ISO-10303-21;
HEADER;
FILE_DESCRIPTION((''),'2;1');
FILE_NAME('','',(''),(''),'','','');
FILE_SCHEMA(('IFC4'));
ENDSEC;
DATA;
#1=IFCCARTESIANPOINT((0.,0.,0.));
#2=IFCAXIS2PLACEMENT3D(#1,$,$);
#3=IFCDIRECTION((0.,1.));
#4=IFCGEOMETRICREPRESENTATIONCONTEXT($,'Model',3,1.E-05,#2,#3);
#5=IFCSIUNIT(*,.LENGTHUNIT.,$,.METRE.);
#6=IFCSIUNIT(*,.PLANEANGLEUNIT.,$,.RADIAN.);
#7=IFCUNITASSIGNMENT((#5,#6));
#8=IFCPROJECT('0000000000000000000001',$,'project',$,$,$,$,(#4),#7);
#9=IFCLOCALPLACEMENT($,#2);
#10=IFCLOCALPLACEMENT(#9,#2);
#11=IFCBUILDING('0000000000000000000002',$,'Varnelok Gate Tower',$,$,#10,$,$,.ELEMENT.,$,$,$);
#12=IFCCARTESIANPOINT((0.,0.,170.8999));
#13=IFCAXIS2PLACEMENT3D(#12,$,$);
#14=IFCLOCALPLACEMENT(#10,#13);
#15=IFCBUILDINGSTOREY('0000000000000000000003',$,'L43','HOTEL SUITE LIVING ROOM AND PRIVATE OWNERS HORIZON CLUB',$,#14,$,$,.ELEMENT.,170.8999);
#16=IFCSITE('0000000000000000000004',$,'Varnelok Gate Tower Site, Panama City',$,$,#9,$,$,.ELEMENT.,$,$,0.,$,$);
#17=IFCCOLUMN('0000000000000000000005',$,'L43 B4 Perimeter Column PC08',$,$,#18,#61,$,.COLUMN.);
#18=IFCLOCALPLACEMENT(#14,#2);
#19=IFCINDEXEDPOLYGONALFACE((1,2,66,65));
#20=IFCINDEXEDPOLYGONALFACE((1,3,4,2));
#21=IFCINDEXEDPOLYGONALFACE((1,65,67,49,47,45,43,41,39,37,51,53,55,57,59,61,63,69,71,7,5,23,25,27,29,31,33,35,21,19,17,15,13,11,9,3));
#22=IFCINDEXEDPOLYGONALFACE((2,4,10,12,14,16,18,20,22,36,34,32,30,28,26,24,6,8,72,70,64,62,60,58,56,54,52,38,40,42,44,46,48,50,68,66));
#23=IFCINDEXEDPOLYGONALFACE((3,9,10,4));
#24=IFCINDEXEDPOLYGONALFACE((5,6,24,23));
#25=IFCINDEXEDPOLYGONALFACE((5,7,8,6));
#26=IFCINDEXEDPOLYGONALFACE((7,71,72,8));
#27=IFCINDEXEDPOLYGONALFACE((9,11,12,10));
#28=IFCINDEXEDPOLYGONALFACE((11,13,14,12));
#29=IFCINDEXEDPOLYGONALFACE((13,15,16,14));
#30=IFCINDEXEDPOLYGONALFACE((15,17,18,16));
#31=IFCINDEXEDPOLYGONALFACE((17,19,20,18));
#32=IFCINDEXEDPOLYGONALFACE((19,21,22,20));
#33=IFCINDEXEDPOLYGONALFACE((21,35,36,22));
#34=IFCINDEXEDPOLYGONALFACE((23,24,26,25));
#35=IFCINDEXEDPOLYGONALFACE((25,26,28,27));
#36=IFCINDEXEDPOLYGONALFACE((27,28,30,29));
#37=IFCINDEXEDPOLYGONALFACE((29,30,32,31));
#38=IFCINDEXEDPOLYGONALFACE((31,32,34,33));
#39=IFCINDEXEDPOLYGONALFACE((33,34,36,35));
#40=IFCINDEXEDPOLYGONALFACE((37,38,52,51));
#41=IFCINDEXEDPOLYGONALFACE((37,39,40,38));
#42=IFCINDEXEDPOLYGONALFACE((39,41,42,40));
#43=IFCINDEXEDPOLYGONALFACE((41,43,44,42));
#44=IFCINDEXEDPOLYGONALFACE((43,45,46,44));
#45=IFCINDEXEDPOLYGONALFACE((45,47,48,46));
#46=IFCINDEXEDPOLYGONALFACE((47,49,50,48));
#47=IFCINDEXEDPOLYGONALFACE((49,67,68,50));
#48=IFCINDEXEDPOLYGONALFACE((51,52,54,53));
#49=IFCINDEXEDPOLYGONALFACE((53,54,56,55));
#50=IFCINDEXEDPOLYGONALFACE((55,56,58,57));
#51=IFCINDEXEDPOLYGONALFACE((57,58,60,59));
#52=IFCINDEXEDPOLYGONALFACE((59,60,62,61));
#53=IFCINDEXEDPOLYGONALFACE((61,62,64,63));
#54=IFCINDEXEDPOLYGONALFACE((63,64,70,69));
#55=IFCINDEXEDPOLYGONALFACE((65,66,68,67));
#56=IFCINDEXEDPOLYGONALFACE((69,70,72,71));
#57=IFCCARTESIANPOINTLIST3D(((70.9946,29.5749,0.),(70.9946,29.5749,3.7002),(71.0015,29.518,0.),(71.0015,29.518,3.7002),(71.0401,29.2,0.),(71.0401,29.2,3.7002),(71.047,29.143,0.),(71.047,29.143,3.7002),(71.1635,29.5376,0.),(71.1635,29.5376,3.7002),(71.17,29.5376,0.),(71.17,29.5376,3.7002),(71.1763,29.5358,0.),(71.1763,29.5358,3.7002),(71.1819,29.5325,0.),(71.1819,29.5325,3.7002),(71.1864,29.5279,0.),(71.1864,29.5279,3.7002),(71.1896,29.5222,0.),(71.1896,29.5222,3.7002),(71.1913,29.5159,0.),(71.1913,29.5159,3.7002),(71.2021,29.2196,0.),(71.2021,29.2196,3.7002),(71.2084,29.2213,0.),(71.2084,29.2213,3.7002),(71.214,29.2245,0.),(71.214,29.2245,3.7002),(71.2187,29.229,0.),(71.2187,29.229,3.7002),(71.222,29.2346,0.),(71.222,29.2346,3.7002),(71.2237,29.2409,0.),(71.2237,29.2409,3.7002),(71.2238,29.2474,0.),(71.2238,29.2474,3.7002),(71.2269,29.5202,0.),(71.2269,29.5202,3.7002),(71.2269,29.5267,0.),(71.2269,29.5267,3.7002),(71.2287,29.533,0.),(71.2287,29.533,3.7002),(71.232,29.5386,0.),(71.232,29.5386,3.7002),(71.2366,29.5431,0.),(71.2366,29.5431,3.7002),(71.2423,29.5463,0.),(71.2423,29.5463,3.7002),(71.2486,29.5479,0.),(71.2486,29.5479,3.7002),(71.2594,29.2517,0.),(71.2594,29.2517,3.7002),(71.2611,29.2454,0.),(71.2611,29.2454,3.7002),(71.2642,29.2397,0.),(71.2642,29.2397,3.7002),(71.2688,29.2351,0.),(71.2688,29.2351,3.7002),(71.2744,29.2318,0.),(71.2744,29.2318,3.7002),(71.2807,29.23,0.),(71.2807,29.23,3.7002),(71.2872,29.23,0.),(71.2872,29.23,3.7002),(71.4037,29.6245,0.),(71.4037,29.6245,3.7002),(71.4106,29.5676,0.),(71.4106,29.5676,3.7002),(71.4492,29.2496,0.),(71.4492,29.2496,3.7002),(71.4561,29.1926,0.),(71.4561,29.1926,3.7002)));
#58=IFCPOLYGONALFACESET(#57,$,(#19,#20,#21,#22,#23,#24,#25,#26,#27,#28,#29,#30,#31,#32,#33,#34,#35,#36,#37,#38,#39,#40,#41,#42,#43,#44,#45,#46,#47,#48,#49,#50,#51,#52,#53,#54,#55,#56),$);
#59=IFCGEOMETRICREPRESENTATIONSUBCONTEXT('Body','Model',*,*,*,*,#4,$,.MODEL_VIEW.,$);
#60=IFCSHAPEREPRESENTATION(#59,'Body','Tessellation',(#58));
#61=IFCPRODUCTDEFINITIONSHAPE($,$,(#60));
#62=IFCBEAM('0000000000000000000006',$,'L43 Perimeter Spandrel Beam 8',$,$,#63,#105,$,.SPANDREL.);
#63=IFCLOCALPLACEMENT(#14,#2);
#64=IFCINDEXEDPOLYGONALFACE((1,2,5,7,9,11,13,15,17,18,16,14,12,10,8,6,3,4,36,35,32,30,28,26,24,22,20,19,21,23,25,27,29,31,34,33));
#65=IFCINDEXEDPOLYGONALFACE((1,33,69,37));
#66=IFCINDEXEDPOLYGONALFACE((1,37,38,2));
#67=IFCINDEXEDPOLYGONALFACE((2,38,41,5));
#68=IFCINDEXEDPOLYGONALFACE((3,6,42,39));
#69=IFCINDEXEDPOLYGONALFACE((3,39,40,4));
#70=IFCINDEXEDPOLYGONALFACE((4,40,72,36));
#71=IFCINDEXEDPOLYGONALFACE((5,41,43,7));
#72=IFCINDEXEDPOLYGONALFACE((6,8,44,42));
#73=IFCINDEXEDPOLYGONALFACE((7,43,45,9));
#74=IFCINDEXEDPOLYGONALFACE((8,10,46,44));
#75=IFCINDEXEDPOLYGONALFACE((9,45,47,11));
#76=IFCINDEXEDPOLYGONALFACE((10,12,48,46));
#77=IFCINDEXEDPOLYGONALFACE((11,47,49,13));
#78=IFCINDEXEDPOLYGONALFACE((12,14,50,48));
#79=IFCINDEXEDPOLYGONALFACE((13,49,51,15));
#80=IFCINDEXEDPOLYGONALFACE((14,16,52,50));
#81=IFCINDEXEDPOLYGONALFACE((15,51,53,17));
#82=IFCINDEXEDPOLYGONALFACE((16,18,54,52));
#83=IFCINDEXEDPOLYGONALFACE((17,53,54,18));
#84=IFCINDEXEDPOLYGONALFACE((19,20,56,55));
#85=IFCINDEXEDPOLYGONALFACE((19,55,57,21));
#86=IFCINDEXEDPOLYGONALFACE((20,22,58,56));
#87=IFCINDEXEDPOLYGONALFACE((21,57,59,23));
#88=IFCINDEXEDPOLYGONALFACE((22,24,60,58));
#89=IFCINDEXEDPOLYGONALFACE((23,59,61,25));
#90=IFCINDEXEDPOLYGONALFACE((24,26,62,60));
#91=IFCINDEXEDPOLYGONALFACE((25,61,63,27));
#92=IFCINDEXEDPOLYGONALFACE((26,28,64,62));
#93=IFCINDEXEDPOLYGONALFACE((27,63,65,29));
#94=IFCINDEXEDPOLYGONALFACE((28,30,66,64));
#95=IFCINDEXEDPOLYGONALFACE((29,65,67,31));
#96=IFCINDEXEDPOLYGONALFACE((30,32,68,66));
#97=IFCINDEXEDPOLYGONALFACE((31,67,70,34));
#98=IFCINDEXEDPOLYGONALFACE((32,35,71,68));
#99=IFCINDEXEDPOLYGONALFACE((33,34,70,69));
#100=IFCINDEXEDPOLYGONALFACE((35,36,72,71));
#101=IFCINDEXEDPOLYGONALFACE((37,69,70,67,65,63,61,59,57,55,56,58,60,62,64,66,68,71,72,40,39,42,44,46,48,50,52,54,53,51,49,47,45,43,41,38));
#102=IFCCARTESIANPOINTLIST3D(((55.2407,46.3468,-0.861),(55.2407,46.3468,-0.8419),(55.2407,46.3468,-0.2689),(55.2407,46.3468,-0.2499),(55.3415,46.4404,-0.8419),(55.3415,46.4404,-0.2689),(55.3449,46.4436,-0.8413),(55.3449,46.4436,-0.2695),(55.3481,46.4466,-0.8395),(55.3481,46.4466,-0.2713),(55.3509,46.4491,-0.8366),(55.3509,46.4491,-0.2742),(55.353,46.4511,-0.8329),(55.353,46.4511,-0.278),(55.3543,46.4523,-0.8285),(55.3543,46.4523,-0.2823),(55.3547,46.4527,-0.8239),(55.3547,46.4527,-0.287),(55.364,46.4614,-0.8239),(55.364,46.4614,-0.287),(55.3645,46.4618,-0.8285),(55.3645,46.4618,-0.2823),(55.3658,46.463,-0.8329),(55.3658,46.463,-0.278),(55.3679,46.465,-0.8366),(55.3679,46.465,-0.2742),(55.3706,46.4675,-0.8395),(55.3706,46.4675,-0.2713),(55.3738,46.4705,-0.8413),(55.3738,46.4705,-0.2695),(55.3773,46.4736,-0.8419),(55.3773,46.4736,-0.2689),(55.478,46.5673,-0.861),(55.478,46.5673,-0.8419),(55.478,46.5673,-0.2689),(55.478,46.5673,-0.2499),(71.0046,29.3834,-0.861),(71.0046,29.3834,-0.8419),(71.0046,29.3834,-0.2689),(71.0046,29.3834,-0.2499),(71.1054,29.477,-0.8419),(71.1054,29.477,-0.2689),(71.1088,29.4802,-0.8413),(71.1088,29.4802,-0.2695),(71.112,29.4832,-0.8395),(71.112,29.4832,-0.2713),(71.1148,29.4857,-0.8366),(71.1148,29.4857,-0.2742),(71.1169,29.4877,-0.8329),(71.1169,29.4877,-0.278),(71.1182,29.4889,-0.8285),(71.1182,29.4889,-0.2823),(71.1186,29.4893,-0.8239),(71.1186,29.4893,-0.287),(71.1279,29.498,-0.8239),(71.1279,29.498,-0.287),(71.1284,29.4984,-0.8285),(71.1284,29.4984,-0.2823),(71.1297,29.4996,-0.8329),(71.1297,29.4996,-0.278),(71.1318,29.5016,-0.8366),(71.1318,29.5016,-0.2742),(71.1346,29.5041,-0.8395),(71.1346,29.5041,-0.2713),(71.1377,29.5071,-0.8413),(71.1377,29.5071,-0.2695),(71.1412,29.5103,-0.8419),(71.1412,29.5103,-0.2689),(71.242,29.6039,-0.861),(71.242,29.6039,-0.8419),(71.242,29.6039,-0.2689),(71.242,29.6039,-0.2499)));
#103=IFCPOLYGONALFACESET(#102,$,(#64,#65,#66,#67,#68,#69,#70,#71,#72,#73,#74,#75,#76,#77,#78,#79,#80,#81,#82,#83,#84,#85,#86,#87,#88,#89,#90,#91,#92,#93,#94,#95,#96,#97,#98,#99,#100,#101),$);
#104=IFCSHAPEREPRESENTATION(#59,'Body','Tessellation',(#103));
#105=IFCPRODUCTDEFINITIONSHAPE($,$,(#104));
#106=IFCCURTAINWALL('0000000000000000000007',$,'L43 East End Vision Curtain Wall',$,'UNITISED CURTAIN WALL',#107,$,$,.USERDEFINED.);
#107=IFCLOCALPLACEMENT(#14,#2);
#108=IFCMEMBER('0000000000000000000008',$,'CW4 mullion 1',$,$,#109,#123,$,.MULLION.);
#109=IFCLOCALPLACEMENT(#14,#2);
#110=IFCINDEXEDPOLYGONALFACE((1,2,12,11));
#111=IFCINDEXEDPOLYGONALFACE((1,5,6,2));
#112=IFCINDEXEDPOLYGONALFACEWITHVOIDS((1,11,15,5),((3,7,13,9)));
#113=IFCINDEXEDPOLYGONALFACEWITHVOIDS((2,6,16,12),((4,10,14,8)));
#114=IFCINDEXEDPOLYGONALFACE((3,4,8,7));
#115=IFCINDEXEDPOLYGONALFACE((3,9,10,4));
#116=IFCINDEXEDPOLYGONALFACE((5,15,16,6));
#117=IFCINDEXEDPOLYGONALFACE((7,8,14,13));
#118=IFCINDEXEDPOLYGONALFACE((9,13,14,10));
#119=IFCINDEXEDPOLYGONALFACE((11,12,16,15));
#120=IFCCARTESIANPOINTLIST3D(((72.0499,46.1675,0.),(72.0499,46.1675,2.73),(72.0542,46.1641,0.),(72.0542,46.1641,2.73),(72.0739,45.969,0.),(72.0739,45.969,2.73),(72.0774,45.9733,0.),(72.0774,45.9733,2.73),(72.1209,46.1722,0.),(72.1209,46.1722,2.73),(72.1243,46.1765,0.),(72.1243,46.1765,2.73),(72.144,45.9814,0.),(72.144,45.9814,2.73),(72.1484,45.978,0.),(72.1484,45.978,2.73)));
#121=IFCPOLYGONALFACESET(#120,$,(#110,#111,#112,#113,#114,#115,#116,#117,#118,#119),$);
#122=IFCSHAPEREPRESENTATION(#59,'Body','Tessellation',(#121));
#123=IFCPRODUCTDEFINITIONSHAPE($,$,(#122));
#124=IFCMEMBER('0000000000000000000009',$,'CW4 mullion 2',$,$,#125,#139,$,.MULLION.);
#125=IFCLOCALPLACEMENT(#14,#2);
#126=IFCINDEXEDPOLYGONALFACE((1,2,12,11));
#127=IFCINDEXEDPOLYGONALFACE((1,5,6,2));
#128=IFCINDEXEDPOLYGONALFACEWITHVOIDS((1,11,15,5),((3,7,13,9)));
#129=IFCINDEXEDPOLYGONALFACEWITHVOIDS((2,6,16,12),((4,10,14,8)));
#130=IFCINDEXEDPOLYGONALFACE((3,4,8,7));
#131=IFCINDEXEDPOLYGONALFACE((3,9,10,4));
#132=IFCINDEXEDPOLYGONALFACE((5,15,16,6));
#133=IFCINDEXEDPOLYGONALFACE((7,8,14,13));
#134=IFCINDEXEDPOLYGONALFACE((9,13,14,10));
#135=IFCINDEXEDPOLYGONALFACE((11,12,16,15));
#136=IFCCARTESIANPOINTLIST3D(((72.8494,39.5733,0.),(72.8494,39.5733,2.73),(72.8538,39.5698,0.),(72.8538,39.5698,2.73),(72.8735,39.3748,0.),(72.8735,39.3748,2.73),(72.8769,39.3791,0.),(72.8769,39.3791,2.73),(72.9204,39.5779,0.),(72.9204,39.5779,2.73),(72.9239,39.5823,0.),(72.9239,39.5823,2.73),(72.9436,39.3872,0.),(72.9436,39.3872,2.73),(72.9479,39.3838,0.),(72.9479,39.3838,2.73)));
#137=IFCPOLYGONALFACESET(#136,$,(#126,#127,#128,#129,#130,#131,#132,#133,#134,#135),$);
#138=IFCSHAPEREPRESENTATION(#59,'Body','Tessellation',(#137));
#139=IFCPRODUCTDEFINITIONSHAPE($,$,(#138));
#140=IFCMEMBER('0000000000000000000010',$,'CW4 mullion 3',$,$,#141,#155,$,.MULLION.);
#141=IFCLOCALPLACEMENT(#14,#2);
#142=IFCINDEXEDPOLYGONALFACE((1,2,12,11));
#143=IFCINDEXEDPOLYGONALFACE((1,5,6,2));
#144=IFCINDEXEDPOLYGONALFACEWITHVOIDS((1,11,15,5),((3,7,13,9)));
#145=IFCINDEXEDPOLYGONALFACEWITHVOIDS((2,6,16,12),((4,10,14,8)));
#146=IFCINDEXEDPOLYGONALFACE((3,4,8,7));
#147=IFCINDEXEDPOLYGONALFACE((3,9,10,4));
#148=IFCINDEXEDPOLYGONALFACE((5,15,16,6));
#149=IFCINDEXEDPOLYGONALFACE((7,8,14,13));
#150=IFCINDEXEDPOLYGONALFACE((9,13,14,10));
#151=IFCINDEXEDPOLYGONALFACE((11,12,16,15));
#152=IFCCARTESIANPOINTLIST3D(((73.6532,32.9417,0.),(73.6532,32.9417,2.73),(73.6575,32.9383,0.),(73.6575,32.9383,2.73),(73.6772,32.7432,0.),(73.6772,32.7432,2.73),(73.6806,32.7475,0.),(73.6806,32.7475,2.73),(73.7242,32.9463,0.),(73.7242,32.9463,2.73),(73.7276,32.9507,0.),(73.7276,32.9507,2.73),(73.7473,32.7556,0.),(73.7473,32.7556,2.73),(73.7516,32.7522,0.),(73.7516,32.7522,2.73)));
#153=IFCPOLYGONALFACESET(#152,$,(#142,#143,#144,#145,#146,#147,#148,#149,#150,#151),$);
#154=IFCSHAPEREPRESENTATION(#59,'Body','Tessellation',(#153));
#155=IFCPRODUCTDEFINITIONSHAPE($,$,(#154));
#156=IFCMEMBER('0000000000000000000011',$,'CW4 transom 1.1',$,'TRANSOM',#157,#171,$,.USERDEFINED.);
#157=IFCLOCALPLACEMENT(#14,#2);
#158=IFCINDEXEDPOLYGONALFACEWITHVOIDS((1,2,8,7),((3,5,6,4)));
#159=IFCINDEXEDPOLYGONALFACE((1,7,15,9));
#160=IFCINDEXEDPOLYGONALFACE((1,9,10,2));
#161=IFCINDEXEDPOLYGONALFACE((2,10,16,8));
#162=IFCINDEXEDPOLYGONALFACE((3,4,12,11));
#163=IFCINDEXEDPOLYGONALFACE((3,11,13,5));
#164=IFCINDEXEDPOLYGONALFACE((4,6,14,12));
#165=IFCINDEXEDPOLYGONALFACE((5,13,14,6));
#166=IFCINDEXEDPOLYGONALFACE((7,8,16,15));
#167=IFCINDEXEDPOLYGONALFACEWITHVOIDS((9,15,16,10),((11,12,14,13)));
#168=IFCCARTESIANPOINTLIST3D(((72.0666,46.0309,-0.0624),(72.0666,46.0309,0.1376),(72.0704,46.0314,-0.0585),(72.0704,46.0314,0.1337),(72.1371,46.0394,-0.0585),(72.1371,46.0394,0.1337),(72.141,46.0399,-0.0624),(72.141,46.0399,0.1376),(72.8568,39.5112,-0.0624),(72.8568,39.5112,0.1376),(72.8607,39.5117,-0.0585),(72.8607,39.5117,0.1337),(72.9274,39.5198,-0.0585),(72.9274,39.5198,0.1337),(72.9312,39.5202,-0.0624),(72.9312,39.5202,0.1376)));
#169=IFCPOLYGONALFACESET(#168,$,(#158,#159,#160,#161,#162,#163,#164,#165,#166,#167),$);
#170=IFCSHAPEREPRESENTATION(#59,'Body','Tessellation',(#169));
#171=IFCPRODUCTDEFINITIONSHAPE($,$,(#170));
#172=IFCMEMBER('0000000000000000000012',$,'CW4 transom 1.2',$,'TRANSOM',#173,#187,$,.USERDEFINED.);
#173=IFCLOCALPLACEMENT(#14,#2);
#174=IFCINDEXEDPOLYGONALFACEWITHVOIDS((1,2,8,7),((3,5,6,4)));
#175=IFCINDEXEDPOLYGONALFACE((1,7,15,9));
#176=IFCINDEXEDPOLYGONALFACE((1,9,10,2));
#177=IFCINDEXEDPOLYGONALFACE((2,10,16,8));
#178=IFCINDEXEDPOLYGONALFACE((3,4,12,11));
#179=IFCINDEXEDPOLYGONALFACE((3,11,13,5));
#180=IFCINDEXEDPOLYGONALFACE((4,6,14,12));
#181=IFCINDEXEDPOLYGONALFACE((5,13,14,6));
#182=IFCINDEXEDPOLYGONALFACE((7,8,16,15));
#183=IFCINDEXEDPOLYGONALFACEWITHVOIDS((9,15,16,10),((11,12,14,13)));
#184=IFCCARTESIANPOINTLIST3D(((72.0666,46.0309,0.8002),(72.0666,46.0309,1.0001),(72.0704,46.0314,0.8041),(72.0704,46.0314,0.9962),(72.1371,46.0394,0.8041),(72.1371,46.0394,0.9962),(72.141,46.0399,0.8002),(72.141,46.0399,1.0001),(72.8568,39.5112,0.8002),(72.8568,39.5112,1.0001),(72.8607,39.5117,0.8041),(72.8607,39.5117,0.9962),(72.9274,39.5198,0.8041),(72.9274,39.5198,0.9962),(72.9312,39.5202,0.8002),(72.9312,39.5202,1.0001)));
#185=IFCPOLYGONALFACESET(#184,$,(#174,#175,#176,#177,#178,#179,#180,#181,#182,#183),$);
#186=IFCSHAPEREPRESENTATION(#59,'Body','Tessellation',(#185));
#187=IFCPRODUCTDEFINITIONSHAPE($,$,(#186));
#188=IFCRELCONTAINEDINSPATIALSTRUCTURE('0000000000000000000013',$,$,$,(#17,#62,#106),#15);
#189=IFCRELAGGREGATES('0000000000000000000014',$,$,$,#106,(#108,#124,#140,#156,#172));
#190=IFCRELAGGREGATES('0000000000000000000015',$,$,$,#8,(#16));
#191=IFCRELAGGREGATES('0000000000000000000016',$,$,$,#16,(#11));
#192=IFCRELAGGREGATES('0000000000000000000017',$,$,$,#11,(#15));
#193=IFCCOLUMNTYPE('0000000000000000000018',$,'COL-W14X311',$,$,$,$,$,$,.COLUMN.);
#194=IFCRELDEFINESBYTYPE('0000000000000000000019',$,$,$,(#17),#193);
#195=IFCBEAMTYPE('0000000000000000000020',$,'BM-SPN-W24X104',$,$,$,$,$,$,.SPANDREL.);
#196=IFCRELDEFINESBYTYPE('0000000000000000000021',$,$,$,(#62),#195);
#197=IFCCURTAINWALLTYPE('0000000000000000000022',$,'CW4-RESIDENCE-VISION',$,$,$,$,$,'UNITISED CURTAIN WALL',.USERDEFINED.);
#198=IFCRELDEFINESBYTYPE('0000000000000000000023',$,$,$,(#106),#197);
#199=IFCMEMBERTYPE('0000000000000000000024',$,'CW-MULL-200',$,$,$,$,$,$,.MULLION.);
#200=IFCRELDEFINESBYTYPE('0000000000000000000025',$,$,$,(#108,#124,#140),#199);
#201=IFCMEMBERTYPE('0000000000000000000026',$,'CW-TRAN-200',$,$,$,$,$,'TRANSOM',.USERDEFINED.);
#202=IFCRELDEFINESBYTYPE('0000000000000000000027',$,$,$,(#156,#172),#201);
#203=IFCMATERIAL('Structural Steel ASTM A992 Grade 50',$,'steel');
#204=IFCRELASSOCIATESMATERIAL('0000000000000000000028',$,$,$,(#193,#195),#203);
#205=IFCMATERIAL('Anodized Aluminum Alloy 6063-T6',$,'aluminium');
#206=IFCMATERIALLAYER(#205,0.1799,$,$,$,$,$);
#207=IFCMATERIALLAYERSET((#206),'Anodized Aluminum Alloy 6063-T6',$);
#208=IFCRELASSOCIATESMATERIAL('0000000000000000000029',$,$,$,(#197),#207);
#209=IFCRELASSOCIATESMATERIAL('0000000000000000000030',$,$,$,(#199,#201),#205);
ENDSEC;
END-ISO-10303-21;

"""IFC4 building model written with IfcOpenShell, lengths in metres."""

from ifc_helpers import new_model, si_unit, direction, frame, origin, origin_2d, place, context, subcontext, project, spatial, hollow_rectangle, i_section, extrude, material, layer, layer_set, material_profile, profile_set, type_object, element, aggregate, save


model = new_model("IFC4")

# Units and contexts
model_context = context("Model", 3, precision=1e-05, world=origin(), true_north=direction((0.0, 1.0)))
body_context = subcontext(model_context, "Body", "Model", "MODEL_VIEW")
ifc_project = project(units=[si_unit("LENGTHUNIT", "METRE"), si_unit("PLANEANGLEUNIT", "RADIAN")], contexts=[model_context])

# Site, building, storey
site_placement = place(None, origin())
site = spatial("IfcSite", under=ifc_project, at=site_placement, Name="Varnelok Gate Tower Site, Panama City", CompositionType="ELEMENT", RefElevation=0.0)
building_placement = place(site_placement, origin())
building = spatial("IfcBuilding", under=site, at=building_placement, Name="Varnelok Gate Tower", CompositionType="ELEMENT")
storey_placement = place(building_placement, frame((0.0, 0.0, 170.8999)))
storey = spatial("IfcBuildingStorey", under=building, at=storey_placement, Name="L43", Description="HOTEL SUITE LIVING ROOM AND PRIVATE OWNERS HORIZON CLUB", CompositionType="ELEMENT", Elevation=170.8999)

# Column
ifc_material_1 = material(Name="Structural Steel ASTM A992 Grade 50", Category="steel")
ifc_material_profile_1 = material_profile(ifc_material_1, i_section(OverallWidth=0.4121, OverallDepth=0.4351, WebThickness=0.0359, FlangeThickness=0.0574, FilletRadius=0.0249, at=origin_2d()), Name="W14X311")
ifc_profile_set_1 = profile_set([ifc_material_profile_1], Name="Structural Steel ASTM A992 Grade 50")
column_type = type_object("IfcColumnType", Name="COL-W14X311", PredefinedType="COLUMN", material=ifc_profile_set_1)
column_placement = place(storey_placement, frame((71.2253, 29.3838, 0.0), z_axis=(0.0, 0.0, 1.0), x_axis=(0.992732, 0.120345, 0.0)))
element("IfcColumn", 1, at=column_placement, inside=storey, type_object=column_type, Name="L43 B4 Perimeter Column PC08", PredefinedType="COLUMN", context=body_context, shape_type="SweptSolid", body=[
    extrude(i_section(OverallWidth=0.4121, OverallDepth=0.4351, WebThickness=0.0359, FlangeThickness=0.0574, FilletRadius=0.0249, at=origin_2d()), origin(), (0.0, 0.0, 1.0), 3.7002),
])

# Beam
ifc_material_profile_2 = material_profile(ifc_material_1, i_section(OverallWidth=0.324, OverallDepth=0.6111, WebThickness=0.0127, FlangeThickness=0.019, FilletRadius=0.0181, at=origin_2d()), Name="W24X104")
ifc_profile_set_2 = profile_set([ifc_material_profile_2], Name="Structural Steel ASTM A992 Grade 50")
beam_type = type_object("IfcBeamType", Name="BM-SPN-W24X104", PredefinedType="SPANDREL", material=ifc_profile_set_2)
beam_placement = place(storey_placement, frame((71.1233, 29.4937, -0.5554), z_axis=(-0.680734, 0.732531, 0.0), x_axis=(-0.732531, -0.680734, 0.0)))
element("IfcBeam", 2, at=beam_placement, inside=storey, type_object=beam_type, Name="L43 Perimeter Spandrel Beam 8", PredefinedType="SPANDREL", context=body_context, shape_type="SweptSolid", body=[
    extrude(i_section(OverallWidth=0.324, OverallDepth=0.6111, WebThickness=0.0127, FlangeThickness=0.019, FilletRadius=0.0181, at=origin_2d()), origin(), (0.0, 0.0, 1.0), 23.1572),
])

# Curtain wall, members
ifc_material_2 = material(Name="Anodized Aluminum Alloy 6063-T6", Category="aluminium")
ifc_layer_1 = layer(ifc_material_2, 0.1799)
ifc_layer_set_1 = layer_set([ifc_layer_1], Name="Anodized Aluminum Alloy 6063-T6")
curtain_wall_type = type_object("IfcCurtainWallType", Name="CW4-RESIDENCE-VISION", ElementType="UNITISED CURTAIN WALL", PredefinedType="USERDEFINED", material=ifc_layer_set_1)
curtain_wall_placement = place(storey_placement, origin())
curtain_wall = element("IfcCurtainWall", 3, at=curtain_wall_placement, inside=storey, type_object=curtain_wall_type, Name="L43 East End Vision Curtain Wall", ObjectType="UNITISED CURTAIN WALL", PredefinedType="USERDEFINED")
ifc_material_profile_3 = material_profile(ifc_material_2, hollow_rectangle(XDim=0.075, YDim=0.2, WallThickness=0.0039, at=origin_2d()), Name="ALU200X75X4")
ifc_profile_set_3 = profile_set([ifc_material_profile_3], Name="Anodized Aluminum Alloy 6063-T6")
member_type_1 = type_object("IfcMemberType", Name="CW-MULL-200", PredefinedType="MULLION", material=ifc_profile_set_3)
member_1_placement = place(storey_placement, frame((72.0991, 46.0728, 0.0), z_axis=(0.0, 0.0, 1.0), x_axis=(0.992732, 0.120345, 0.0)))
member_1 = element("IfcMember", 4, at=member_1_placement, type_object=member_type_1, Name="CW4 mullion 1", PredefinedType="MULLION", context=body_context, shape_type="SweptSolid", body=[
    extrude(hollow_rectangle(XDim=0.075, YDim=0.2, WallThickness=0.0039, at=origin_2d()), origin(), (0.0, 0.0, 1.0), 2.73),
])
member_2_placement = place(storey_placement, frame((72.8987, 39.4785, 0.0), z_axis=(0.0, 0.0, 1.0), x_axis=(0.992732, 0.120345, 0.0)))
member_2 = element("IfcMember", 5, at=member_2_placement, type_object=member_type_1, Name="CW4 mullion 2", PredefinedType="MULLION", context=body_context, shape_type="SweptSolid", body=[
    extrude(hollow_rectangle(XDim=0.075, YDim=0.2, WallThickness=0.0039, at=origin_2d()), origin(), (0.0, 0.0, 1.0), 2.73),
])
member_3_placement = place(storey_placement, frame((73.7024, 32.8469, 0.0), z_axis=(0.0, 0.0, 1.0), x_axis=(0.992732, 0.120345, 0.0)))
member_3 = element("IfcMember", 6, at=member_3_placement, type_object=member_type_1, Name="CW4 mullion 3", PredefinedType="MULLION", context=body_context, shape_type="SweptSolid", body=[
    extrude(hollow_rectangle(XDim=0.075, YDim=0.2, WallThickness=0.0039, at=origin_2d()), origin(), (0.0, 0.0, 1.0), 2.73),
])
ifc_material_profile_4 = material_profile(ifc_material_2, hollow_rectangle(XDim=0.075, YDim=0.2, WallThickness=0.0039, at=origin_2d()), Name="ALU200X75X4")
ifc_profile_set_4 = profile_set([ifc_material_profile_4], Name="Anodized Aluminum Alloy 6063-T6")
member_type_2 = type_object("IfcMemberType", Name="CW-TRAN-200", ElementType="TRANSOM", PredefinedType="USERDEFINED", material=ifc_profile_set_4)
member_4_placement = place(storey_placement, frame((72.1038, 46.0354, 0.0376), z_axis=(0.120332, -0.992734, 0.0), x_axis=(0.992734, 0.120332, 0.0)))
member_4 = element("IfcMember", 7, at=member_4_placement, type_object=member_type_2, Name="CW4 transom 1.1", ObjectType="TRANSOM", PredefinedType="USERDEFINED", context=body_context, shape_type="SweptSolid", body=[
    extrude(hollow_rectangle(XDim=0.075, YDim=0.2, WallThickness=0.0039, at=origin_2d()), origin(), (0.0, 0.0, 1.0), 6.5674),
])
member_5_placement = place(storey_placement, frame((72.1038, 46.0354, 0.9001), z_axis=(0.120332, -0.992734, 0.0), x_axis=(0.992734, 0.120332, 0.0)))
member_5 = element("IfcMember", 8, at=member_5_placement, type_object=member_type_2, Name="CW4 transom 1.2", ObjectType="TRANSOM", PredefinedType="USERDEFINED", context=body_context, shape_type="SweptSolid", body=[
    extrude(hollow_rectangle(XDim=0.075, YDim=0.2, WallThickness=0.0039, at=origin_2d()), origin(), (0.0, 0.0, 1.0), 6.5674),
])
aggregate(curtain_wall, [member_1, member_2, member_3, member_4, member_5])

save(model, "model.ifc")
